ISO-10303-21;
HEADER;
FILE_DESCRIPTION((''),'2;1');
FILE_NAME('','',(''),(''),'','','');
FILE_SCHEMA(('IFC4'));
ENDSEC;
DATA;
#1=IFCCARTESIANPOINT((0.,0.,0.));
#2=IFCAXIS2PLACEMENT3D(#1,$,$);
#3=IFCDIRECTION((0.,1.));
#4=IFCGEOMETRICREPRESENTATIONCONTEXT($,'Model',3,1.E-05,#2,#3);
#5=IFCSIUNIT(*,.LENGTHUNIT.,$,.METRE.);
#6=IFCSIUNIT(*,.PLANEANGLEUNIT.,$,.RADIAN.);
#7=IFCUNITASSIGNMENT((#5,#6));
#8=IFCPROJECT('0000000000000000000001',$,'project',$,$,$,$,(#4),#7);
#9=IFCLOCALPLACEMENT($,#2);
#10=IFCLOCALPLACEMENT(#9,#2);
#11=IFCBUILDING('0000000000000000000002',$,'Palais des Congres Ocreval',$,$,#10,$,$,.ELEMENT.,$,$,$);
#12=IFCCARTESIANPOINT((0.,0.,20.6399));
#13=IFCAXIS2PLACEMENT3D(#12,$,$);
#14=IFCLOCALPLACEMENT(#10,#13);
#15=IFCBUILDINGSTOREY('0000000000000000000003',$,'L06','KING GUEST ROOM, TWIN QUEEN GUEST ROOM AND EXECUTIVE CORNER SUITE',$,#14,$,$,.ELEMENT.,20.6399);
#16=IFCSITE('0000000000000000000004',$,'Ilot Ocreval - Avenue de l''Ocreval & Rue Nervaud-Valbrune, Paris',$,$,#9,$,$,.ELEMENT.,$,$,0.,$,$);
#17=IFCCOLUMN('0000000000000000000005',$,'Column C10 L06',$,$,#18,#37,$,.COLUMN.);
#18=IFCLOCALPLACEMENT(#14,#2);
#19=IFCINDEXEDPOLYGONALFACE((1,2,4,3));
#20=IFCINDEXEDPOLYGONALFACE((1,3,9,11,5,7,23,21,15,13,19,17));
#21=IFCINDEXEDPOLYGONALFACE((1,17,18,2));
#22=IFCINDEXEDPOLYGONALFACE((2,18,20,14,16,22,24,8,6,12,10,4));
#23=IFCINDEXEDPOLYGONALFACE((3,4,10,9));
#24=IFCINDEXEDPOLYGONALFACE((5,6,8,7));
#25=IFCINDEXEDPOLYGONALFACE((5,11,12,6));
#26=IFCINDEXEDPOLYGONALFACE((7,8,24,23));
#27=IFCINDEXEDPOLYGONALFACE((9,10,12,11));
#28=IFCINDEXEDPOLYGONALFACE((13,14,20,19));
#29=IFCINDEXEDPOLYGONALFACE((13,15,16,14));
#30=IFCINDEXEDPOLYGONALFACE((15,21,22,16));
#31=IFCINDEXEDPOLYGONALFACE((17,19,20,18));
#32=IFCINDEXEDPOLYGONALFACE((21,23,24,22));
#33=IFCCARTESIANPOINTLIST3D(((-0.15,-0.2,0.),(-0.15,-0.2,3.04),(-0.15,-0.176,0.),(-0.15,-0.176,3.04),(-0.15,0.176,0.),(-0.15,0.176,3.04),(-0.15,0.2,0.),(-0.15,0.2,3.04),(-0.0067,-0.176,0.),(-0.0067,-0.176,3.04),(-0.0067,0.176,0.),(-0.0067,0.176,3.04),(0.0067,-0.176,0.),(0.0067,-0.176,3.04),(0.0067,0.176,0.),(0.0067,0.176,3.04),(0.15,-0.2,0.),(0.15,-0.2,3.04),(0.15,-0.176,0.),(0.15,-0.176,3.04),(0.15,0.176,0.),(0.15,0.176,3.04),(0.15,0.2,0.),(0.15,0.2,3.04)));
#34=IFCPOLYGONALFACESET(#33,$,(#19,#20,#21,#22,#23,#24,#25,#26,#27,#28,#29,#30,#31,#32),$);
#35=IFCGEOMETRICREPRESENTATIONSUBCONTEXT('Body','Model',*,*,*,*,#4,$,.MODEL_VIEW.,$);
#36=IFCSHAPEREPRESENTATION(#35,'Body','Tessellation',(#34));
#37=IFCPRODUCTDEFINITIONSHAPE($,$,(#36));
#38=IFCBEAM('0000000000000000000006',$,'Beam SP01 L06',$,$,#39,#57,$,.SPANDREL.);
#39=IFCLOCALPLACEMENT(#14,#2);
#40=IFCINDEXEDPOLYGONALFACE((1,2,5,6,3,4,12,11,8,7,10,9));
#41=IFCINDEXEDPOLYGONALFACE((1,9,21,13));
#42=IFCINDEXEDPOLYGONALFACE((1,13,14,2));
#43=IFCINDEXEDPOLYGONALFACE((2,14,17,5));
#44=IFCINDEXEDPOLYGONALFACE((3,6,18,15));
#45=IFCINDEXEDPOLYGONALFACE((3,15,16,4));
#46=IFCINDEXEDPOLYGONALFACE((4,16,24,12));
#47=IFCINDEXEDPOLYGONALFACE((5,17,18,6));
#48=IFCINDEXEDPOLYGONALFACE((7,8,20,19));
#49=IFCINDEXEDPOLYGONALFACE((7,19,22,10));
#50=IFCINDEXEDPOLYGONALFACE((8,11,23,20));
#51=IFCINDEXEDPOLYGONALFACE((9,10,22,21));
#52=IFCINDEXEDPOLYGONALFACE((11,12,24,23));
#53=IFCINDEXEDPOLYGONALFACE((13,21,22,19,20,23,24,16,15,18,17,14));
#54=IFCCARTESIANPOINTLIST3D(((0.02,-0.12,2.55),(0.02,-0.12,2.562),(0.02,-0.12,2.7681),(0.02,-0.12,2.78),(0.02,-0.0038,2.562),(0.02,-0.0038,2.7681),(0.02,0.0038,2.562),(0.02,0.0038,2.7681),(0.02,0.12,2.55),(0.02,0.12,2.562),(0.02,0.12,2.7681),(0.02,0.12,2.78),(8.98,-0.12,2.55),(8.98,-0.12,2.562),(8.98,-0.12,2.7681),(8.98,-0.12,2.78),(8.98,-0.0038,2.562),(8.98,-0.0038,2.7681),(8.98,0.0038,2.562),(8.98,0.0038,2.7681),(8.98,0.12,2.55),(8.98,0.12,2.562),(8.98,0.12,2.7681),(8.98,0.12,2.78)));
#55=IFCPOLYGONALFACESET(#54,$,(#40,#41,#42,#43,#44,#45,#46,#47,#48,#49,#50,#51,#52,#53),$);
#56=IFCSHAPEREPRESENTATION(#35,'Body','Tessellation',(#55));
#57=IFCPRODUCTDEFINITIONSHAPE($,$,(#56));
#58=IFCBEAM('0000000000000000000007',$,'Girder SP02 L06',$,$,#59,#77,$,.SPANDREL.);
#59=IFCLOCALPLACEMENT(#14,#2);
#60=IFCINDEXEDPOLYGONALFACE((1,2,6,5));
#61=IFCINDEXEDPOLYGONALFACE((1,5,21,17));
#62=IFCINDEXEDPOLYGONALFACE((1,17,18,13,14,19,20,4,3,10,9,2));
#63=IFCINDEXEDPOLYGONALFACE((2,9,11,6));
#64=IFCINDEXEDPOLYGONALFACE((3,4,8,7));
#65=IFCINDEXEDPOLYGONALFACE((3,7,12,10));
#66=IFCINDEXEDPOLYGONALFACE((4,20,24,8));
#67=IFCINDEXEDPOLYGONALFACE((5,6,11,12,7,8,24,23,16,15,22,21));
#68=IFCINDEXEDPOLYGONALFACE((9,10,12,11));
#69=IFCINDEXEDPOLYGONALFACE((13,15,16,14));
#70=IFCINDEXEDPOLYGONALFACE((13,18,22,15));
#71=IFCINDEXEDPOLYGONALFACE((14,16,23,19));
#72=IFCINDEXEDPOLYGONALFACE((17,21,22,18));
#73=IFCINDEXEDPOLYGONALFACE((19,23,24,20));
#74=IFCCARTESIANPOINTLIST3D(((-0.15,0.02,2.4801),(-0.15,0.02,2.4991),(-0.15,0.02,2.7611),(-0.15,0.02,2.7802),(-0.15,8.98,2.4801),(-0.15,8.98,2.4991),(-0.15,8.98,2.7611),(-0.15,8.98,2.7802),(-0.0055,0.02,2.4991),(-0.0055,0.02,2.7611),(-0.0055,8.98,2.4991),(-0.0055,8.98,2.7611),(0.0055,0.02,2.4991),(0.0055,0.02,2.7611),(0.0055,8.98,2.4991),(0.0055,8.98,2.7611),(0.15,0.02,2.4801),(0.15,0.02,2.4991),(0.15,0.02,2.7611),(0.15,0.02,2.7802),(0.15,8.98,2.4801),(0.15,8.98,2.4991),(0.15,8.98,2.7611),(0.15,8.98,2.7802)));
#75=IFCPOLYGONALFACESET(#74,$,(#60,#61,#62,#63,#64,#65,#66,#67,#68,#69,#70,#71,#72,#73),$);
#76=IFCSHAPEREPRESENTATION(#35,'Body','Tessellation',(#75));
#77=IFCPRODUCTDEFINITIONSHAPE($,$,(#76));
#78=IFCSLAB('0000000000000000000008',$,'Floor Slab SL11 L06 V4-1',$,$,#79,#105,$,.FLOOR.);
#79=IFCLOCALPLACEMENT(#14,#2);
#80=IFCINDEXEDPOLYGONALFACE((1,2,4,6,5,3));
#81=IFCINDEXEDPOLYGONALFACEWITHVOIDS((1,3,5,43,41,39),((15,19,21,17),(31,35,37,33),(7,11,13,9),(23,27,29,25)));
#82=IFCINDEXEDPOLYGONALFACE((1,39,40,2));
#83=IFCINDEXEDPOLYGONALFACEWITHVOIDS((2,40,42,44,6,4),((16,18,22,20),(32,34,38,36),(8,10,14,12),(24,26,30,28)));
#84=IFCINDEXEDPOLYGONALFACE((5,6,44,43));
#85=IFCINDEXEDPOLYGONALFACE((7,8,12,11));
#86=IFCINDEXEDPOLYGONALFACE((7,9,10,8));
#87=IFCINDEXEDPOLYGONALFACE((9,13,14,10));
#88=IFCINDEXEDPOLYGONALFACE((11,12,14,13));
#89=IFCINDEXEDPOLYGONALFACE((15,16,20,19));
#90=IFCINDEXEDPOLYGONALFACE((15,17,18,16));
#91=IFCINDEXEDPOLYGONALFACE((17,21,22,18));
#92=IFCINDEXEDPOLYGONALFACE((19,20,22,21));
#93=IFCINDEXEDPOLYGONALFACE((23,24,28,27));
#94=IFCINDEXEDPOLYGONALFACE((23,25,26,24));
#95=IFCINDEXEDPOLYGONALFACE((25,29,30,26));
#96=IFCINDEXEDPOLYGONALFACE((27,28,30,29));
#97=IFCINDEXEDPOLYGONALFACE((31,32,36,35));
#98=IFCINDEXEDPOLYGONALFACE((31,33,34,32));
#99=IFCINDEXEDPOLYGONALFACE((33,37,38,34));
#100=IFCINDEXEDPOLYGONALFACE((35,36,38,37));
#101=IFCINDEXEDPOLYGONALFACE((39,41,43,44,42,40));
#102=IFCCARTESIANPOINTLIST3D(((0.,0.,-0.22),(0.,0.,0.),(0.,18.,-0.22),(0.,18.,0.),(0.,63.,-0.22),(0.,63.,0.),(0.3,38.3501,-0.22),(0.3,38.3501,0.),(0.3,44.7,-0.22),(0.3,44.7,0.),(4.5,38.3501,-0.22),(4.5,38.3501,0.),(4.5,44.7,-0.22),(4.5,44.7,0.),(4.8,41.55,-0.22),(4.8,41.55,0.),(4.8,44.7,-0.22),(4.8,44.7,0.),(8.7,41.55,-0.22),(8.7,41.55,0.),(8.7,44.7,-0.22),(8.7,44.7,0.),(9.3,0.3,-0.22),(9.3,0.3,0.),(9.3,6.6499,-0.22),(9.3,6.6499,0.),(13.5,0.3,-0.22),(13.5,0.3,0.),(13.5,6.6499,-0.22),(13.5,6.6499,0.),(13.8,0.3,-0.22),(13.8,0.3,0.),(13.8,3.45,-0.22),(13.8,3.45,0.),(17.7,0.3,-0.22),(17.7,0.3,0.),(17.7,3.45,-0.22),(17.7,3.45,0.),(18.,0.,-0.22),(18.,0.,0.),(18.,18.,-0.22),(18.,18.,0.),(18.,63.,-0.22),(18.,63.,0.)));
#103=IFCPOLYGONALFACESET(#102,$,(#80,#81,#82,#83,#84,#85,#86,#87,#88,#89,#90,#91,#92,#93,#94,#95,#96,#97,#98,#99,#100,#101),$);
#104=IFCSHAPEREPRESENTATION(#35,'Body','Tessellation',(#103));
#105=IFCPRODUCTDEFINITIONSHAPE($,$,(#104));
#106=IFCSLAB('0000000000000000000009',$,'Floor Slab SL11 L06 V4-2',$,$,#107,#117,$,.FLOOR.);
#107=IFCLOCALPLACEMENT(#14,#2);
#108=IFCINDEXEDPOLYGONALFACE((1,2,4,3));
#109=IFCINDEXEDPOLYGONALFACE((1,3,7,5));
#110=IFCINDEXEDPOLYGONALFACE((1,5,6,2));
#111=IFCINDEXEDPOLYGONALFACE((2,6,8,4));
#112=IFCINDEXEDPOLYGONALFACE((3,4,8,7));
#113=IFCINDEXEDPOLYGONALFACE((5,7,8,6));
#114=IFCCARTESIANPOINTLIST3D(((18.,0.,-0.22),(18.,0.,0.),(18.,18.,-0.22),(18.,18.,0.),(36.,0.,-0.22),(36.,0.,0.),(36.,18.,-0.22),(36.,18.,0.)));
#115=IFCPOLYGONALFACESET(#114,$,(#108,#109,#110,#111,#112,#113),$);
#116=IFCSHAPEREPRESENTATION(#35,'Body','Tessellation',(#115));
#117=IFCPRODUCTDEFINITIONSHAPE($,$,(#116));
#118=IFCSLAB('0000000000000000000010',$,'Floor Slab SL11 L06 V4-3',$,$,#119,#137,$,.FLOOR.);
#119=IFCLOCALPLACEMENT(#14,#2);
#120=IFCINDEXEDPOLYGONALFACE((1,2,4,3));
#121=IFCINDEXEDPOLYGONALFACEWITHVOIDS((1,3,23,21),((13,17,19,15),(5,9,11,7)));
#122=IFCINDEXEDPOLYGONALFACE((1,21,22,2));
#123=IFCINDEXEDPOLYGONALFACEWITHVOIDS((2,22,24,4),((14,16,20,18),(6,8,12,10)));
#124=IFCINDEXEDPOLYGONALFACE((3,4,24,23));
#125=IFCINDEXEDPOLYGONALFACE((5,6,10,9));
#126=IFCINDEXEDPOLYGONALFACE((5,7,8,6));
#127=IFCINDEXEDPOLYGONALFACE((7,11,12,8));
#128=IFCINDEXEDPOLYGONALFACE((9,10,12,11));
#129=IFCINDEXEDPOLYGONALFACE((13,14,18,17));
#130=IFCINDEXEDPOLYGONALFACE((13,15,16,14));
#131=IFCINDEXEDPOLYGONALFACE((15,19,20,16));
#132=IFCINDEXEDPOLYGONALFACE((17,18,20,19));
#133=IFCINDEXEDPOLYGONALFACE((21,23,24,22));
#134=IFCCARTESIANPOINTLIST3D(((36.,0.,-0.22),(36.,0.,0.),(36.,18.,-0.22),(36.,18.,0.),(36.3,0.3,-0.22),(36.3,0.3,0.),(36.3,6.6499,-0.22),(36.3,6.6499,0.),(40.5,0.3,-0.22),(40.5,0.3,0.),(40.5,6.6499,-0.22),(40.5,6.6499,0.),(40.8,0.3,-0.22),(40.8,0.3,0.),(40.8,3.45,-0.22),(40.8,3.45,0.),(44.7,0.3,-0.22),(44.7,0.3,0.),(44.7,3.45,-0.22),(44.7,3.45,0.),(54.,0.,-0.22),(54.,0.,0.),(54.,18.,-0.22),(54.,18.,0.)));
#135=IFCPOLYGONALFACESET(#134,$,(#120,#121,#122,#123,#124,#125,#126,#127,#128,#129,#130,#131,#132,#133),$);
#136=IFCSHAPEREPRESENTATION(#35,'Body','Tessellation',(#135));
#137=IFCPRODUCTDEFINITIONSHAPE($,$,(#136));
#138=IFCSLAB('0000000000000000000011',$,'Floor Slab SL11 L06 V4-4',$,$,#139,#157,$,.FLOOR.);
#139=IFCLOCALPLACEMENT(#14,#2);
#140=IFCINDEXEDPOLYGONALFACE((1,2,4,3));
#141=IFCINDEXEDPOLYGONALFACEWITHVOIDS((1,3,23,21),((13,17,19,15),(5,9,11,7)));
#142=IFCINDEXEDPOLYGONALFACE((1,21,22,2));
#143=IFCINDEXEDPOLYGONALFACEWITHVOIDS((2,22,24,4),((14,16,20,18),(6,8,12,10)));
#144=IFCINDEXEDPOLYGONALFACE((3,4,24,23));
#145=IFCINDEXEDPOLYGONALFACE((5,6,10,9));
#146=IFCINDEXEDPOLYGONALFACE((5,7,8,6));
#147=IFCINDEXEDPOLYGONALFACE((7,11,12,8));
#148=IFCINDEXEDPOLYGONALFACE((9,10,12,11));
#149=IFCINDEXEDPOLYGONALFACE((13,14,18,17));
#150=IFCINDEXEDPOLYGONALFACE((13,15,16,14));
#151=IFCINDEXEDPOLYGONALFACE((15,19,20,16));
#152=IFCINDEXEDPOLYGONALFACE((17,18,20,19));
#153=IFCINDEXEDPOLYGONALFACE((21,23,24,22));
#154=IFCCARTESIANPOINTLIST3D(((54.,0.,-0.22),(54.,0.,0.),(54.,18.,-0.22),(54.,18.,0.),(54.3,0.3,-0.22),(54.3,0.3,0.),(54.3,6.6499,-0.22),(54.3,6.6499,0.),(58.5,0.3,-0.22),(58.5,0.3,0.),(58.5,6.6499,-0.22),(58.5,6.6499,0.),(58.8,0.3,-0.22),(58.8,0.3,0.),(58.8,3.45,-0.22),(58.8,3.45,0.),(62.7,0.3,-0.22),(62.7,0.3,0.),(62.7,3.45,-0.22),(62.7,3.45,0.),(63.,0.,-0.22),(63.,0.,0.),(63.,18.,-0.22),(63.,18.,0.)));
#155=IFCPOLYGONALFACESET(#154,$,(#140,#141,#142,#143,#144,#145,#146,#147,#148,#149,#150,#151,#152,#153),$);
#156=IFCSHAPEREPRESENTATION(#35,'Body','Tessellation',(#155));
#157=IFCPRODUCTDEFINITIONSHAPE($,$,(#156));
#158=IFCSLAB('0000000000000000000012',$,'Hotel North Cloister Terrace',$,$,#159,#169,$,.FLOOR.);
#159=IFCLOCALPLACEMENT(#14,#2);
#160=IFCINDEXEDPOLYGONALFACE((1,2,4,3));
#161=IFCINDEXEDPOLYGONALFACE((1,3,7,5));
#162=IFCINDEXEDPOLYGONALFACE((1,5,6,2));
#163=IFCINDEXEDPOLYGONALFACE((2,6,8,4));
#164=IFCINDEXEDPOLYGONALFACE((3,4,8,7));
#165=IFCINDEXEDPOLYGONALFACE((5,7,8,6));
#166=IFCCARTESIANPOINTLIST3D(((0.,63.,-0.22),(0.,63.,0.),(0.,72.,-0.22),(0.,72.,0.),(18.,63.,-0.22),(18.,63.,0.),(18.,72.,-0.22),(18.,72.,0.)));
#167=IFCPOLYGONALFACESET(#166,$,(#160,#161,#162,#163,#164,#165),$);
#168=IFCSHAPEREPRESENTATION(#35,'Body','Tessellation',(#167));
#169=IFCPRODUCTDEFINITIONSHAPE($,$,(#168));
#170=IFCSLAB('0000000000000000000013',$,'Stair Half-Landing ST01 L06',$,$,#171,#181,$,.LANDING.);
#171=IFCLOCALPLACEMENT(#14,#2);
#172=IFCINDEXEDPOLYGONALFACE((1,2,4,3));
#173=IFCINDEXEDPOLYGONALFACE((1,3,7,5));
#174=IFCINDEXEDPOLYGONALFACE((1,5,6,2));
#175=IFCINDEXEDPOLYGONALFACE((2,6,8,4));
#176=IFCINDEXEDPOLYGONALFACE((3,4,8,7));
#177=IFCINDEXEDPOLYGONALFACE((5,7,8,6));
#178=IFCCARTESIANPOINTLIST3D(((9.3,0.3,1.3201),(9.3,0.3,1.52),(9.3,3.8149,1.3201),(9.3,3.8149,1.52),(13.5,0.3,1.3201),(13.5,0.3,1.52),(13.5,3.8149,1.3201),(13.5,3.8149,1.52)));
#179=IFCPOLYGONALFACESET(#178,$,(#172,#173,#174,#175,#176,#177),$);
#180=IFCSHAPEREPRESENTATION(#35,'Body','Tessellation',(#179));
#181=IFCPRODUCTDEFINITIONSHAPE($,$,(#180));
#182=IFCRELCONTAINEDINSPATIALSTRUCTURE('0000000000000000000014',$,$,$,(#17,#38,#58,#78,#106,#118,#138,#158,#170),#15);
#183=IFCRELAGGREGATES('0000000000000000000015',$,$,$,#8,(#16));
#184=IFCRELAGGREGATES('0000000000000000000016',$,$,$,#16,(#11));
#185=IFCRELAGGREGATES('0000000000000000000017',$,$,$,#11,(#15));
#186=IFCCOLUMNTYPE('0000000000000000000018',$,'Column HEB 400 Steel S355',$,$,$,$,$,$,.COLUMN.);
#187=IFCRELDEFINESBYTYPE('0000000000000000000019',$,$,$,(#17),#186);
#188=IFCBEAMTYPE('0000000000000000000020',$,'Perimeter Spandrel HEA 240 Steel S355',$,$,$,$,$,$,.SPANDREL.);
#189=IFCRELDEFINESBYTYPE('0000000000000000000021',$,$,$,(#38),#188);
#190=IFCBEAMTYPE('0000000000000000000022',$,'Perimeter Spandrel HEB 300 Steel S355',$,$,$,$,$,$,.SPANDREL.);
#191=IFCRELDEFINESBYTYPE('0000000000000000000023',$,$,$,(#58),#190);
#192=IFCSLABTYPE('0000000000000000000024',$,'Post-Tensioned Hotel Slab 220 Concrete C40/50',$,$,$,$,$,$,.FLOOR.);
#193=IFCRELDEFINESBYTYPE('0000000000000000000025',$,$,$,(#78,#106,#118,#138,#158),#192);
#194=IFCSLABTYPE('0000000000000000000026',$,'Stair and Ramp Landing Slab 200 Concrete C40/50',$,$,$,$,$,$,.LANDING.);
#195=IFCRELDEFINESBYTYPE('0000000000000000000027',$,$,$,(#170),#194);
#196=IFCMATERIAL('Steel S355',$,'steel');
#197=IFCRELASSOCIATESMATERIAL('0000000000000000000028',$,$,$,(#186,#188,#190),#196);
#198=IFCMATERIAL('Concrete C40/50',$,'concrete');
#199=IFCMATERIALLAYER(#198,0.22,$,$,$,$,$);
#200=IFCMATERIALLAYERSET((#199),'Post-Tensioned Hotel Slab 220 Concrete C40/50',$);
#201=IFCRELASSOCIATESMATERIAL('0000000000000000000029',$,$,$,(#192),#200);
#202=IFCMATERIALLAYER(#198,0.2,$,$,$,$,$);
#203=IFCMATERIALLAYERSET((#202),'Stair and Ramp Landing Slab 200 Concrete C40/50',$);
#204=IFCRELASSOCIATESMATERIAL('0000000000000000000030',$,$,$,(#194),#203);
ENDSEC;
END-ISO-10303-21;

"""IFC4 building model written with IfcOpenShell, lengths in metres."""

from ifc_helpers import new_model, si_unit, direction, frame, origin, origin_with_axes, origin_2d, place, context, subcontext, project, spatial, polyline, i_section, outline, extrude, material, layer, layer_set, material_profile, profile_set, type_object, element, save


model = new_model("IFC4")

# Units and contexts
model_context = context("Model", 3, precision=1e-05, world=origin(), true_north=direction((0.0, 1.0)))
body_context = subcontext(model_context, "Body", "Model", "MODEL_VIEW")
ifc_project = project(units=[si_unit("LENGTHUNIT", "METRE"), si_unit("PLANEANGLEUNIT", "RADIAN")], contexts=[model_context])

# Site, building, storey
site_placement = place(None, origin())
site = spatial("IfcSite", under=ifc_project, at=site_placement, Name="Ilot Ocreval - Avenue de l'Ocreval & Rue Nervaud-Valbrune, Paris", CompositionType="ELEMENT", RefElevation=0.0)
building_placement = place(site_placement, origin())
building = spatial("IfcBuilding", under=site, at=building_placement, Name="Palais des Congres Ocreval", CompositionType="ELEMENT")
storey_placement = place(building_placement, frame((0.0, 0.0, 20.6399)))
storey = spatial("IfcBuildingStorey", under=building, at=storey_placement, Name="L06", Description="KING GUEST ROOM, TWIN QUEEN GUEST ROOM AND EXECUTIVE CORNER SUITE", CompositionType="ELEMENT", Elevation=20.6399)

# Column
ifc_material_1 = material(Name="Steel S355", Category="steel")
ifc_material_profile_1 = material_profile(ifc_material_1, i_section(OverallWidth=0.3, OverallDepth=0.3999, WebThickness=0.0134, FlangeThickness=0.0239, at=origin_2d()), Name="HEB 400")
ifc_profile_set_1 = profile_set([ifc_material_profile_1], Name="Steel S355")
column_type = type_object("IfcColumnType", Name="Column HEB 400 Steel S355", PredefinedType="COLUMN", material=ifc_profile_set_1)
column_placement = place(storey_placement, origin_with_axes())
element("IfcColumn", 1, at=column_placement, inside=storey, type_object=column_type, Name="Column C10 L06", PredefinedType="COLUMN", context=body_context, shape_type="SweptSolid", body=[
    extrude(i_section(OverallWidth=0.3, OverallDepth=0.3999, WebThickness=0.0134, FlangeThickness=0.0239, at=origin_2d()), origin(), (0.0, 0.0, 1.0), 3.04),
])

# Beams
ifc_material_profile_2 = material_profile(ifc_material_1, i_section(OverallWidth=0.24, OverallDepth=0.23, WebThickness=0.0076, FlangeThickness=0.012, at=origin_2d()), Name="HEA 240")
ifc_profile_set_2 = profile_set([ifc_material_profile_2], Name="Steel S355")
beam_type_1 = type_object("IfcBeamType", Name="Perimeter Spandrel HEA 240 Steel S355", PredefinedType="SPANDREL", material=ifc_profile_set_2)
beam_1_placement = place(storey_placement, frame((0.02, 0.0, 2.665), z_axis=(1.0, 0.0, 0.0), x_axis=(0.0, 1.0, 0.0)))
element("IfcBeam", 2, at=beam_1_placement, inside=storey, type_object=beam_type_1, Name="Beam SP01 L06", PredefinedType="SPANDREL", context=body_context, shape_type="SweptSolid", body=[
    extrude(i_section(OverallWidth=0.24, OverallDepth=0.23, WebThickness=0.0076, FlangeThickness=0.012, at=origin_2d()), origin(), (0.0, 0.0, 1.0), 8.96),
])
ifc_material_profile_3 = material_profile(ifc_material_1, i_section(OverallWidth=0.3, OverallDepth=0.3, WebThickness=0.011, FlangeThickness=0.019, at=origin_2d()), Name="HEB 300")
ifc_profile_set_3 = profile_set([ifc_material_profile_3], Name="Steel S355")
beam_type_2 = type_object("IfcBeamType", Name="Perimeter Spandrel HEB 300 Steel S355", PredefinedType="SPANDREL", material=ifc_profile_set_3)
beam_2_placement = place(storey_placement, frame((0.0, 0.02, 2.6301), z_axis=(0.0, 1.0, 0.0), x_axis=(-1.0, 0.0, 0.0)))
element("IfcBeam", 3, at=beam_2_placement, inside=storey, type_object=beam_type_2, Name="Girder SP02 L06", PredefinedType="SPANDREL", context=body_context, shape_type="SweptSolid", body=[
    extrude(i_section(OverallWidth=0.3, OverallDepth=0.3, WebThickness=0.011, FlangeThickness=0.019, at=origin_2d()), origin(), (0.0, 0.0, 1.0), 8.96),
])

# Slabs
ifc_material_2 = material(Name="Concrete C40/50", Category="concrete")
ifc_layer_1 = layer(ifc_material_2, 0.22)
ifc_layer_set_1 = layer_set([ifc_layer_1], Name="Post-Tensioned Hotel Slab 220 Concrete C40/50")
slab_type_1 = type_object("IfcSlabType", Name="Post-Tensioned Hotel Slab 220 Concrete C40/50", PredefinedType="FLOOR", material=ifc_layer_set_1)
slab_1_placement = place(storey_placement, frame((0.0, 0.0, -0.22)))
element("IfcSlab", 4, at=slab_1_placement, inside=storey, type_object=slab_type_1, Name="Floor Slab SL11 L06 V4-1", PredefinedType="FLOOR", context=body_context, shape_type="SweptSolid", body=[
    extrude(outline(polyline([(0.0, 0.0), (0.0, 18.0), (0.0, 63.0), (18.0, 63.0), (18.0, 18.0), (18.0, 0.0), (0.0, 0.0)]), holes=[polyline([(13.8, 0.3), (17.7, 0.3), (17.7, 3.45), (13.8, 3.45), (13.8, 0.3)]), polyline([(9.3, 0.3), (13.5, 0.3), (13.5, 6.6499), (9.3, 6.6499), (9.3, 0.3)]), polyline([(0.3, 38.3501), (4.5, 38.3501), (4.5, 44.7), (0.3, 44.7), (0.3, 38.3501)]), polyline([(4.8, 41.55), (8.7, 41.55), (8.7, 44.7), (4.8, 44.7), (4.8, 41.55)])]), origin(), (0.0, 0.0, 1.0), 0.22),
])
slab_2_placement = place(storey_placement, frame((0.0, 0.0, -0.22)))
element("IfcSlab", 5, at=slab_2_placement, inside=storey, type_object=slab_type_1, Name="Floor Slab SL11 L06 V4-2", PredefinedType="FLOOR", context=body_context, shape_type="SweptSolid", body=[
    extrude(outline(polyline([(18.0, 0.0), (18.0, 18.0), (36.0, 18.0), (36.0, 0.0), (18.0, 0.0)])), origin(), (0.0, 0.0, 1.0), 0.22),
])
slab_3_placement = place(storey_placement, frame((0.0, 0.0, -0.22)))
element("IfcSlab", 6, at=slab_3_placement, inside=storey, type_object=slab_type_1, Name="Floor Slab SL11 L06 V4-3", PredefinedType="FLOOR", context=body_context, shape_type="SweptSolid", body=[
    extrude(outline(polyline([(36.0, 0.0), (36.0, 18.0), (54.0, 18.0), (54.0, 0.0), (36.0, 0.0)]), holes=[polyline([(40.8, 0.3), (44.7, 0.3), (44.7, 3.45), (40.8, 3.45), (40.8, 0.3)]), polyline([(36.3, 0.3), (40.5, 0.3), (40.5, 6.6499), (36.3, 6.6499), (36.3, 0.3)])]), origin(), (0.0, 0.0, 1.0), 0.22),
])
slab_4_placement = place(storey_placement, frame((0.0, 0.0, -0.22)))
element("IfcSlab", 7, at=slab_4_placement, inside=storey, type_object=slab_type_1, Name="Floor Slab SL11 L06 V4-4", PredefinedType="FLOOR", context=body_context, shape_type="SweptSolid", body=[
    extrude(outline(polyline([(54.0, 0.0), (54.0, 18.0), (63.0, 18.0), (63.0, 0.0), (54.0, 0.0)]), holes=[polyline([(58.8, 0.3), (62.7, 0.3), (62.7, 3.45), (58.8, 3.45), (58.8, 0.3)]), polyline([(54.3, 0.3), (58.5, 0.3), (58.5, 6.6499), (54.3, 6.6499), (54.3, 0.3)])]), origin(), (0.0, 0.0, 1.0), 0.22),
])
slab_5_placement = place(storey_placement, frame((0.0, 0.0, -0.22)))
element("IfcSlab", 8, at=slab_5_placement, inside=storey, type_object=slab_type_1, Name="Hotel North Cloister Terrace", PredefinedType="FLOOR", context=body_context, shape_type="SweptSolid", body=[
    extrude(outline(polyline([(0.0, 63.0), (0.0, 72.0), (18.0, 72.0), (18.0, 63.0), (0.0, 63.0)])), origin(), (0.0, 0.0, 1.0), 0.22),
])
ifc_layer_2 = layer(ifc_material_2, 0.2)
ifc_layer_set_2 = layer_set([ifc_layer_2], Name="Stair and Ramp Landing Slab 200 Concrete C40/50")
slab_type_2 = type_object("IfcSlabType", Name="Stair and Ramp Landing Slab 200 Concrete C40/50", PredefinedType="LANDING", material=ifc_layer_set_2)
slab_6_placement = place(storey_placement, frame((0.0, 0.0, 1.3201)))
element("IfcSlab", 9, at=slab_6_placement, inside=storey, type_object=slab_type_2, Name="Stair Half-Landing ST01 L06", PredefinedType="LANDING", context=body_context, shape_type="SweptSolid", body=[
    extrude(outline(polyline([(9.3, 0.3), (13.5, 0.3), (13.5, 3.8149), (9.3, 3.8149), (9.3, 0.3)])), origin(), (0.0, 0.0, 1.0), 0.2),
])

save(model, "model.ifc")
